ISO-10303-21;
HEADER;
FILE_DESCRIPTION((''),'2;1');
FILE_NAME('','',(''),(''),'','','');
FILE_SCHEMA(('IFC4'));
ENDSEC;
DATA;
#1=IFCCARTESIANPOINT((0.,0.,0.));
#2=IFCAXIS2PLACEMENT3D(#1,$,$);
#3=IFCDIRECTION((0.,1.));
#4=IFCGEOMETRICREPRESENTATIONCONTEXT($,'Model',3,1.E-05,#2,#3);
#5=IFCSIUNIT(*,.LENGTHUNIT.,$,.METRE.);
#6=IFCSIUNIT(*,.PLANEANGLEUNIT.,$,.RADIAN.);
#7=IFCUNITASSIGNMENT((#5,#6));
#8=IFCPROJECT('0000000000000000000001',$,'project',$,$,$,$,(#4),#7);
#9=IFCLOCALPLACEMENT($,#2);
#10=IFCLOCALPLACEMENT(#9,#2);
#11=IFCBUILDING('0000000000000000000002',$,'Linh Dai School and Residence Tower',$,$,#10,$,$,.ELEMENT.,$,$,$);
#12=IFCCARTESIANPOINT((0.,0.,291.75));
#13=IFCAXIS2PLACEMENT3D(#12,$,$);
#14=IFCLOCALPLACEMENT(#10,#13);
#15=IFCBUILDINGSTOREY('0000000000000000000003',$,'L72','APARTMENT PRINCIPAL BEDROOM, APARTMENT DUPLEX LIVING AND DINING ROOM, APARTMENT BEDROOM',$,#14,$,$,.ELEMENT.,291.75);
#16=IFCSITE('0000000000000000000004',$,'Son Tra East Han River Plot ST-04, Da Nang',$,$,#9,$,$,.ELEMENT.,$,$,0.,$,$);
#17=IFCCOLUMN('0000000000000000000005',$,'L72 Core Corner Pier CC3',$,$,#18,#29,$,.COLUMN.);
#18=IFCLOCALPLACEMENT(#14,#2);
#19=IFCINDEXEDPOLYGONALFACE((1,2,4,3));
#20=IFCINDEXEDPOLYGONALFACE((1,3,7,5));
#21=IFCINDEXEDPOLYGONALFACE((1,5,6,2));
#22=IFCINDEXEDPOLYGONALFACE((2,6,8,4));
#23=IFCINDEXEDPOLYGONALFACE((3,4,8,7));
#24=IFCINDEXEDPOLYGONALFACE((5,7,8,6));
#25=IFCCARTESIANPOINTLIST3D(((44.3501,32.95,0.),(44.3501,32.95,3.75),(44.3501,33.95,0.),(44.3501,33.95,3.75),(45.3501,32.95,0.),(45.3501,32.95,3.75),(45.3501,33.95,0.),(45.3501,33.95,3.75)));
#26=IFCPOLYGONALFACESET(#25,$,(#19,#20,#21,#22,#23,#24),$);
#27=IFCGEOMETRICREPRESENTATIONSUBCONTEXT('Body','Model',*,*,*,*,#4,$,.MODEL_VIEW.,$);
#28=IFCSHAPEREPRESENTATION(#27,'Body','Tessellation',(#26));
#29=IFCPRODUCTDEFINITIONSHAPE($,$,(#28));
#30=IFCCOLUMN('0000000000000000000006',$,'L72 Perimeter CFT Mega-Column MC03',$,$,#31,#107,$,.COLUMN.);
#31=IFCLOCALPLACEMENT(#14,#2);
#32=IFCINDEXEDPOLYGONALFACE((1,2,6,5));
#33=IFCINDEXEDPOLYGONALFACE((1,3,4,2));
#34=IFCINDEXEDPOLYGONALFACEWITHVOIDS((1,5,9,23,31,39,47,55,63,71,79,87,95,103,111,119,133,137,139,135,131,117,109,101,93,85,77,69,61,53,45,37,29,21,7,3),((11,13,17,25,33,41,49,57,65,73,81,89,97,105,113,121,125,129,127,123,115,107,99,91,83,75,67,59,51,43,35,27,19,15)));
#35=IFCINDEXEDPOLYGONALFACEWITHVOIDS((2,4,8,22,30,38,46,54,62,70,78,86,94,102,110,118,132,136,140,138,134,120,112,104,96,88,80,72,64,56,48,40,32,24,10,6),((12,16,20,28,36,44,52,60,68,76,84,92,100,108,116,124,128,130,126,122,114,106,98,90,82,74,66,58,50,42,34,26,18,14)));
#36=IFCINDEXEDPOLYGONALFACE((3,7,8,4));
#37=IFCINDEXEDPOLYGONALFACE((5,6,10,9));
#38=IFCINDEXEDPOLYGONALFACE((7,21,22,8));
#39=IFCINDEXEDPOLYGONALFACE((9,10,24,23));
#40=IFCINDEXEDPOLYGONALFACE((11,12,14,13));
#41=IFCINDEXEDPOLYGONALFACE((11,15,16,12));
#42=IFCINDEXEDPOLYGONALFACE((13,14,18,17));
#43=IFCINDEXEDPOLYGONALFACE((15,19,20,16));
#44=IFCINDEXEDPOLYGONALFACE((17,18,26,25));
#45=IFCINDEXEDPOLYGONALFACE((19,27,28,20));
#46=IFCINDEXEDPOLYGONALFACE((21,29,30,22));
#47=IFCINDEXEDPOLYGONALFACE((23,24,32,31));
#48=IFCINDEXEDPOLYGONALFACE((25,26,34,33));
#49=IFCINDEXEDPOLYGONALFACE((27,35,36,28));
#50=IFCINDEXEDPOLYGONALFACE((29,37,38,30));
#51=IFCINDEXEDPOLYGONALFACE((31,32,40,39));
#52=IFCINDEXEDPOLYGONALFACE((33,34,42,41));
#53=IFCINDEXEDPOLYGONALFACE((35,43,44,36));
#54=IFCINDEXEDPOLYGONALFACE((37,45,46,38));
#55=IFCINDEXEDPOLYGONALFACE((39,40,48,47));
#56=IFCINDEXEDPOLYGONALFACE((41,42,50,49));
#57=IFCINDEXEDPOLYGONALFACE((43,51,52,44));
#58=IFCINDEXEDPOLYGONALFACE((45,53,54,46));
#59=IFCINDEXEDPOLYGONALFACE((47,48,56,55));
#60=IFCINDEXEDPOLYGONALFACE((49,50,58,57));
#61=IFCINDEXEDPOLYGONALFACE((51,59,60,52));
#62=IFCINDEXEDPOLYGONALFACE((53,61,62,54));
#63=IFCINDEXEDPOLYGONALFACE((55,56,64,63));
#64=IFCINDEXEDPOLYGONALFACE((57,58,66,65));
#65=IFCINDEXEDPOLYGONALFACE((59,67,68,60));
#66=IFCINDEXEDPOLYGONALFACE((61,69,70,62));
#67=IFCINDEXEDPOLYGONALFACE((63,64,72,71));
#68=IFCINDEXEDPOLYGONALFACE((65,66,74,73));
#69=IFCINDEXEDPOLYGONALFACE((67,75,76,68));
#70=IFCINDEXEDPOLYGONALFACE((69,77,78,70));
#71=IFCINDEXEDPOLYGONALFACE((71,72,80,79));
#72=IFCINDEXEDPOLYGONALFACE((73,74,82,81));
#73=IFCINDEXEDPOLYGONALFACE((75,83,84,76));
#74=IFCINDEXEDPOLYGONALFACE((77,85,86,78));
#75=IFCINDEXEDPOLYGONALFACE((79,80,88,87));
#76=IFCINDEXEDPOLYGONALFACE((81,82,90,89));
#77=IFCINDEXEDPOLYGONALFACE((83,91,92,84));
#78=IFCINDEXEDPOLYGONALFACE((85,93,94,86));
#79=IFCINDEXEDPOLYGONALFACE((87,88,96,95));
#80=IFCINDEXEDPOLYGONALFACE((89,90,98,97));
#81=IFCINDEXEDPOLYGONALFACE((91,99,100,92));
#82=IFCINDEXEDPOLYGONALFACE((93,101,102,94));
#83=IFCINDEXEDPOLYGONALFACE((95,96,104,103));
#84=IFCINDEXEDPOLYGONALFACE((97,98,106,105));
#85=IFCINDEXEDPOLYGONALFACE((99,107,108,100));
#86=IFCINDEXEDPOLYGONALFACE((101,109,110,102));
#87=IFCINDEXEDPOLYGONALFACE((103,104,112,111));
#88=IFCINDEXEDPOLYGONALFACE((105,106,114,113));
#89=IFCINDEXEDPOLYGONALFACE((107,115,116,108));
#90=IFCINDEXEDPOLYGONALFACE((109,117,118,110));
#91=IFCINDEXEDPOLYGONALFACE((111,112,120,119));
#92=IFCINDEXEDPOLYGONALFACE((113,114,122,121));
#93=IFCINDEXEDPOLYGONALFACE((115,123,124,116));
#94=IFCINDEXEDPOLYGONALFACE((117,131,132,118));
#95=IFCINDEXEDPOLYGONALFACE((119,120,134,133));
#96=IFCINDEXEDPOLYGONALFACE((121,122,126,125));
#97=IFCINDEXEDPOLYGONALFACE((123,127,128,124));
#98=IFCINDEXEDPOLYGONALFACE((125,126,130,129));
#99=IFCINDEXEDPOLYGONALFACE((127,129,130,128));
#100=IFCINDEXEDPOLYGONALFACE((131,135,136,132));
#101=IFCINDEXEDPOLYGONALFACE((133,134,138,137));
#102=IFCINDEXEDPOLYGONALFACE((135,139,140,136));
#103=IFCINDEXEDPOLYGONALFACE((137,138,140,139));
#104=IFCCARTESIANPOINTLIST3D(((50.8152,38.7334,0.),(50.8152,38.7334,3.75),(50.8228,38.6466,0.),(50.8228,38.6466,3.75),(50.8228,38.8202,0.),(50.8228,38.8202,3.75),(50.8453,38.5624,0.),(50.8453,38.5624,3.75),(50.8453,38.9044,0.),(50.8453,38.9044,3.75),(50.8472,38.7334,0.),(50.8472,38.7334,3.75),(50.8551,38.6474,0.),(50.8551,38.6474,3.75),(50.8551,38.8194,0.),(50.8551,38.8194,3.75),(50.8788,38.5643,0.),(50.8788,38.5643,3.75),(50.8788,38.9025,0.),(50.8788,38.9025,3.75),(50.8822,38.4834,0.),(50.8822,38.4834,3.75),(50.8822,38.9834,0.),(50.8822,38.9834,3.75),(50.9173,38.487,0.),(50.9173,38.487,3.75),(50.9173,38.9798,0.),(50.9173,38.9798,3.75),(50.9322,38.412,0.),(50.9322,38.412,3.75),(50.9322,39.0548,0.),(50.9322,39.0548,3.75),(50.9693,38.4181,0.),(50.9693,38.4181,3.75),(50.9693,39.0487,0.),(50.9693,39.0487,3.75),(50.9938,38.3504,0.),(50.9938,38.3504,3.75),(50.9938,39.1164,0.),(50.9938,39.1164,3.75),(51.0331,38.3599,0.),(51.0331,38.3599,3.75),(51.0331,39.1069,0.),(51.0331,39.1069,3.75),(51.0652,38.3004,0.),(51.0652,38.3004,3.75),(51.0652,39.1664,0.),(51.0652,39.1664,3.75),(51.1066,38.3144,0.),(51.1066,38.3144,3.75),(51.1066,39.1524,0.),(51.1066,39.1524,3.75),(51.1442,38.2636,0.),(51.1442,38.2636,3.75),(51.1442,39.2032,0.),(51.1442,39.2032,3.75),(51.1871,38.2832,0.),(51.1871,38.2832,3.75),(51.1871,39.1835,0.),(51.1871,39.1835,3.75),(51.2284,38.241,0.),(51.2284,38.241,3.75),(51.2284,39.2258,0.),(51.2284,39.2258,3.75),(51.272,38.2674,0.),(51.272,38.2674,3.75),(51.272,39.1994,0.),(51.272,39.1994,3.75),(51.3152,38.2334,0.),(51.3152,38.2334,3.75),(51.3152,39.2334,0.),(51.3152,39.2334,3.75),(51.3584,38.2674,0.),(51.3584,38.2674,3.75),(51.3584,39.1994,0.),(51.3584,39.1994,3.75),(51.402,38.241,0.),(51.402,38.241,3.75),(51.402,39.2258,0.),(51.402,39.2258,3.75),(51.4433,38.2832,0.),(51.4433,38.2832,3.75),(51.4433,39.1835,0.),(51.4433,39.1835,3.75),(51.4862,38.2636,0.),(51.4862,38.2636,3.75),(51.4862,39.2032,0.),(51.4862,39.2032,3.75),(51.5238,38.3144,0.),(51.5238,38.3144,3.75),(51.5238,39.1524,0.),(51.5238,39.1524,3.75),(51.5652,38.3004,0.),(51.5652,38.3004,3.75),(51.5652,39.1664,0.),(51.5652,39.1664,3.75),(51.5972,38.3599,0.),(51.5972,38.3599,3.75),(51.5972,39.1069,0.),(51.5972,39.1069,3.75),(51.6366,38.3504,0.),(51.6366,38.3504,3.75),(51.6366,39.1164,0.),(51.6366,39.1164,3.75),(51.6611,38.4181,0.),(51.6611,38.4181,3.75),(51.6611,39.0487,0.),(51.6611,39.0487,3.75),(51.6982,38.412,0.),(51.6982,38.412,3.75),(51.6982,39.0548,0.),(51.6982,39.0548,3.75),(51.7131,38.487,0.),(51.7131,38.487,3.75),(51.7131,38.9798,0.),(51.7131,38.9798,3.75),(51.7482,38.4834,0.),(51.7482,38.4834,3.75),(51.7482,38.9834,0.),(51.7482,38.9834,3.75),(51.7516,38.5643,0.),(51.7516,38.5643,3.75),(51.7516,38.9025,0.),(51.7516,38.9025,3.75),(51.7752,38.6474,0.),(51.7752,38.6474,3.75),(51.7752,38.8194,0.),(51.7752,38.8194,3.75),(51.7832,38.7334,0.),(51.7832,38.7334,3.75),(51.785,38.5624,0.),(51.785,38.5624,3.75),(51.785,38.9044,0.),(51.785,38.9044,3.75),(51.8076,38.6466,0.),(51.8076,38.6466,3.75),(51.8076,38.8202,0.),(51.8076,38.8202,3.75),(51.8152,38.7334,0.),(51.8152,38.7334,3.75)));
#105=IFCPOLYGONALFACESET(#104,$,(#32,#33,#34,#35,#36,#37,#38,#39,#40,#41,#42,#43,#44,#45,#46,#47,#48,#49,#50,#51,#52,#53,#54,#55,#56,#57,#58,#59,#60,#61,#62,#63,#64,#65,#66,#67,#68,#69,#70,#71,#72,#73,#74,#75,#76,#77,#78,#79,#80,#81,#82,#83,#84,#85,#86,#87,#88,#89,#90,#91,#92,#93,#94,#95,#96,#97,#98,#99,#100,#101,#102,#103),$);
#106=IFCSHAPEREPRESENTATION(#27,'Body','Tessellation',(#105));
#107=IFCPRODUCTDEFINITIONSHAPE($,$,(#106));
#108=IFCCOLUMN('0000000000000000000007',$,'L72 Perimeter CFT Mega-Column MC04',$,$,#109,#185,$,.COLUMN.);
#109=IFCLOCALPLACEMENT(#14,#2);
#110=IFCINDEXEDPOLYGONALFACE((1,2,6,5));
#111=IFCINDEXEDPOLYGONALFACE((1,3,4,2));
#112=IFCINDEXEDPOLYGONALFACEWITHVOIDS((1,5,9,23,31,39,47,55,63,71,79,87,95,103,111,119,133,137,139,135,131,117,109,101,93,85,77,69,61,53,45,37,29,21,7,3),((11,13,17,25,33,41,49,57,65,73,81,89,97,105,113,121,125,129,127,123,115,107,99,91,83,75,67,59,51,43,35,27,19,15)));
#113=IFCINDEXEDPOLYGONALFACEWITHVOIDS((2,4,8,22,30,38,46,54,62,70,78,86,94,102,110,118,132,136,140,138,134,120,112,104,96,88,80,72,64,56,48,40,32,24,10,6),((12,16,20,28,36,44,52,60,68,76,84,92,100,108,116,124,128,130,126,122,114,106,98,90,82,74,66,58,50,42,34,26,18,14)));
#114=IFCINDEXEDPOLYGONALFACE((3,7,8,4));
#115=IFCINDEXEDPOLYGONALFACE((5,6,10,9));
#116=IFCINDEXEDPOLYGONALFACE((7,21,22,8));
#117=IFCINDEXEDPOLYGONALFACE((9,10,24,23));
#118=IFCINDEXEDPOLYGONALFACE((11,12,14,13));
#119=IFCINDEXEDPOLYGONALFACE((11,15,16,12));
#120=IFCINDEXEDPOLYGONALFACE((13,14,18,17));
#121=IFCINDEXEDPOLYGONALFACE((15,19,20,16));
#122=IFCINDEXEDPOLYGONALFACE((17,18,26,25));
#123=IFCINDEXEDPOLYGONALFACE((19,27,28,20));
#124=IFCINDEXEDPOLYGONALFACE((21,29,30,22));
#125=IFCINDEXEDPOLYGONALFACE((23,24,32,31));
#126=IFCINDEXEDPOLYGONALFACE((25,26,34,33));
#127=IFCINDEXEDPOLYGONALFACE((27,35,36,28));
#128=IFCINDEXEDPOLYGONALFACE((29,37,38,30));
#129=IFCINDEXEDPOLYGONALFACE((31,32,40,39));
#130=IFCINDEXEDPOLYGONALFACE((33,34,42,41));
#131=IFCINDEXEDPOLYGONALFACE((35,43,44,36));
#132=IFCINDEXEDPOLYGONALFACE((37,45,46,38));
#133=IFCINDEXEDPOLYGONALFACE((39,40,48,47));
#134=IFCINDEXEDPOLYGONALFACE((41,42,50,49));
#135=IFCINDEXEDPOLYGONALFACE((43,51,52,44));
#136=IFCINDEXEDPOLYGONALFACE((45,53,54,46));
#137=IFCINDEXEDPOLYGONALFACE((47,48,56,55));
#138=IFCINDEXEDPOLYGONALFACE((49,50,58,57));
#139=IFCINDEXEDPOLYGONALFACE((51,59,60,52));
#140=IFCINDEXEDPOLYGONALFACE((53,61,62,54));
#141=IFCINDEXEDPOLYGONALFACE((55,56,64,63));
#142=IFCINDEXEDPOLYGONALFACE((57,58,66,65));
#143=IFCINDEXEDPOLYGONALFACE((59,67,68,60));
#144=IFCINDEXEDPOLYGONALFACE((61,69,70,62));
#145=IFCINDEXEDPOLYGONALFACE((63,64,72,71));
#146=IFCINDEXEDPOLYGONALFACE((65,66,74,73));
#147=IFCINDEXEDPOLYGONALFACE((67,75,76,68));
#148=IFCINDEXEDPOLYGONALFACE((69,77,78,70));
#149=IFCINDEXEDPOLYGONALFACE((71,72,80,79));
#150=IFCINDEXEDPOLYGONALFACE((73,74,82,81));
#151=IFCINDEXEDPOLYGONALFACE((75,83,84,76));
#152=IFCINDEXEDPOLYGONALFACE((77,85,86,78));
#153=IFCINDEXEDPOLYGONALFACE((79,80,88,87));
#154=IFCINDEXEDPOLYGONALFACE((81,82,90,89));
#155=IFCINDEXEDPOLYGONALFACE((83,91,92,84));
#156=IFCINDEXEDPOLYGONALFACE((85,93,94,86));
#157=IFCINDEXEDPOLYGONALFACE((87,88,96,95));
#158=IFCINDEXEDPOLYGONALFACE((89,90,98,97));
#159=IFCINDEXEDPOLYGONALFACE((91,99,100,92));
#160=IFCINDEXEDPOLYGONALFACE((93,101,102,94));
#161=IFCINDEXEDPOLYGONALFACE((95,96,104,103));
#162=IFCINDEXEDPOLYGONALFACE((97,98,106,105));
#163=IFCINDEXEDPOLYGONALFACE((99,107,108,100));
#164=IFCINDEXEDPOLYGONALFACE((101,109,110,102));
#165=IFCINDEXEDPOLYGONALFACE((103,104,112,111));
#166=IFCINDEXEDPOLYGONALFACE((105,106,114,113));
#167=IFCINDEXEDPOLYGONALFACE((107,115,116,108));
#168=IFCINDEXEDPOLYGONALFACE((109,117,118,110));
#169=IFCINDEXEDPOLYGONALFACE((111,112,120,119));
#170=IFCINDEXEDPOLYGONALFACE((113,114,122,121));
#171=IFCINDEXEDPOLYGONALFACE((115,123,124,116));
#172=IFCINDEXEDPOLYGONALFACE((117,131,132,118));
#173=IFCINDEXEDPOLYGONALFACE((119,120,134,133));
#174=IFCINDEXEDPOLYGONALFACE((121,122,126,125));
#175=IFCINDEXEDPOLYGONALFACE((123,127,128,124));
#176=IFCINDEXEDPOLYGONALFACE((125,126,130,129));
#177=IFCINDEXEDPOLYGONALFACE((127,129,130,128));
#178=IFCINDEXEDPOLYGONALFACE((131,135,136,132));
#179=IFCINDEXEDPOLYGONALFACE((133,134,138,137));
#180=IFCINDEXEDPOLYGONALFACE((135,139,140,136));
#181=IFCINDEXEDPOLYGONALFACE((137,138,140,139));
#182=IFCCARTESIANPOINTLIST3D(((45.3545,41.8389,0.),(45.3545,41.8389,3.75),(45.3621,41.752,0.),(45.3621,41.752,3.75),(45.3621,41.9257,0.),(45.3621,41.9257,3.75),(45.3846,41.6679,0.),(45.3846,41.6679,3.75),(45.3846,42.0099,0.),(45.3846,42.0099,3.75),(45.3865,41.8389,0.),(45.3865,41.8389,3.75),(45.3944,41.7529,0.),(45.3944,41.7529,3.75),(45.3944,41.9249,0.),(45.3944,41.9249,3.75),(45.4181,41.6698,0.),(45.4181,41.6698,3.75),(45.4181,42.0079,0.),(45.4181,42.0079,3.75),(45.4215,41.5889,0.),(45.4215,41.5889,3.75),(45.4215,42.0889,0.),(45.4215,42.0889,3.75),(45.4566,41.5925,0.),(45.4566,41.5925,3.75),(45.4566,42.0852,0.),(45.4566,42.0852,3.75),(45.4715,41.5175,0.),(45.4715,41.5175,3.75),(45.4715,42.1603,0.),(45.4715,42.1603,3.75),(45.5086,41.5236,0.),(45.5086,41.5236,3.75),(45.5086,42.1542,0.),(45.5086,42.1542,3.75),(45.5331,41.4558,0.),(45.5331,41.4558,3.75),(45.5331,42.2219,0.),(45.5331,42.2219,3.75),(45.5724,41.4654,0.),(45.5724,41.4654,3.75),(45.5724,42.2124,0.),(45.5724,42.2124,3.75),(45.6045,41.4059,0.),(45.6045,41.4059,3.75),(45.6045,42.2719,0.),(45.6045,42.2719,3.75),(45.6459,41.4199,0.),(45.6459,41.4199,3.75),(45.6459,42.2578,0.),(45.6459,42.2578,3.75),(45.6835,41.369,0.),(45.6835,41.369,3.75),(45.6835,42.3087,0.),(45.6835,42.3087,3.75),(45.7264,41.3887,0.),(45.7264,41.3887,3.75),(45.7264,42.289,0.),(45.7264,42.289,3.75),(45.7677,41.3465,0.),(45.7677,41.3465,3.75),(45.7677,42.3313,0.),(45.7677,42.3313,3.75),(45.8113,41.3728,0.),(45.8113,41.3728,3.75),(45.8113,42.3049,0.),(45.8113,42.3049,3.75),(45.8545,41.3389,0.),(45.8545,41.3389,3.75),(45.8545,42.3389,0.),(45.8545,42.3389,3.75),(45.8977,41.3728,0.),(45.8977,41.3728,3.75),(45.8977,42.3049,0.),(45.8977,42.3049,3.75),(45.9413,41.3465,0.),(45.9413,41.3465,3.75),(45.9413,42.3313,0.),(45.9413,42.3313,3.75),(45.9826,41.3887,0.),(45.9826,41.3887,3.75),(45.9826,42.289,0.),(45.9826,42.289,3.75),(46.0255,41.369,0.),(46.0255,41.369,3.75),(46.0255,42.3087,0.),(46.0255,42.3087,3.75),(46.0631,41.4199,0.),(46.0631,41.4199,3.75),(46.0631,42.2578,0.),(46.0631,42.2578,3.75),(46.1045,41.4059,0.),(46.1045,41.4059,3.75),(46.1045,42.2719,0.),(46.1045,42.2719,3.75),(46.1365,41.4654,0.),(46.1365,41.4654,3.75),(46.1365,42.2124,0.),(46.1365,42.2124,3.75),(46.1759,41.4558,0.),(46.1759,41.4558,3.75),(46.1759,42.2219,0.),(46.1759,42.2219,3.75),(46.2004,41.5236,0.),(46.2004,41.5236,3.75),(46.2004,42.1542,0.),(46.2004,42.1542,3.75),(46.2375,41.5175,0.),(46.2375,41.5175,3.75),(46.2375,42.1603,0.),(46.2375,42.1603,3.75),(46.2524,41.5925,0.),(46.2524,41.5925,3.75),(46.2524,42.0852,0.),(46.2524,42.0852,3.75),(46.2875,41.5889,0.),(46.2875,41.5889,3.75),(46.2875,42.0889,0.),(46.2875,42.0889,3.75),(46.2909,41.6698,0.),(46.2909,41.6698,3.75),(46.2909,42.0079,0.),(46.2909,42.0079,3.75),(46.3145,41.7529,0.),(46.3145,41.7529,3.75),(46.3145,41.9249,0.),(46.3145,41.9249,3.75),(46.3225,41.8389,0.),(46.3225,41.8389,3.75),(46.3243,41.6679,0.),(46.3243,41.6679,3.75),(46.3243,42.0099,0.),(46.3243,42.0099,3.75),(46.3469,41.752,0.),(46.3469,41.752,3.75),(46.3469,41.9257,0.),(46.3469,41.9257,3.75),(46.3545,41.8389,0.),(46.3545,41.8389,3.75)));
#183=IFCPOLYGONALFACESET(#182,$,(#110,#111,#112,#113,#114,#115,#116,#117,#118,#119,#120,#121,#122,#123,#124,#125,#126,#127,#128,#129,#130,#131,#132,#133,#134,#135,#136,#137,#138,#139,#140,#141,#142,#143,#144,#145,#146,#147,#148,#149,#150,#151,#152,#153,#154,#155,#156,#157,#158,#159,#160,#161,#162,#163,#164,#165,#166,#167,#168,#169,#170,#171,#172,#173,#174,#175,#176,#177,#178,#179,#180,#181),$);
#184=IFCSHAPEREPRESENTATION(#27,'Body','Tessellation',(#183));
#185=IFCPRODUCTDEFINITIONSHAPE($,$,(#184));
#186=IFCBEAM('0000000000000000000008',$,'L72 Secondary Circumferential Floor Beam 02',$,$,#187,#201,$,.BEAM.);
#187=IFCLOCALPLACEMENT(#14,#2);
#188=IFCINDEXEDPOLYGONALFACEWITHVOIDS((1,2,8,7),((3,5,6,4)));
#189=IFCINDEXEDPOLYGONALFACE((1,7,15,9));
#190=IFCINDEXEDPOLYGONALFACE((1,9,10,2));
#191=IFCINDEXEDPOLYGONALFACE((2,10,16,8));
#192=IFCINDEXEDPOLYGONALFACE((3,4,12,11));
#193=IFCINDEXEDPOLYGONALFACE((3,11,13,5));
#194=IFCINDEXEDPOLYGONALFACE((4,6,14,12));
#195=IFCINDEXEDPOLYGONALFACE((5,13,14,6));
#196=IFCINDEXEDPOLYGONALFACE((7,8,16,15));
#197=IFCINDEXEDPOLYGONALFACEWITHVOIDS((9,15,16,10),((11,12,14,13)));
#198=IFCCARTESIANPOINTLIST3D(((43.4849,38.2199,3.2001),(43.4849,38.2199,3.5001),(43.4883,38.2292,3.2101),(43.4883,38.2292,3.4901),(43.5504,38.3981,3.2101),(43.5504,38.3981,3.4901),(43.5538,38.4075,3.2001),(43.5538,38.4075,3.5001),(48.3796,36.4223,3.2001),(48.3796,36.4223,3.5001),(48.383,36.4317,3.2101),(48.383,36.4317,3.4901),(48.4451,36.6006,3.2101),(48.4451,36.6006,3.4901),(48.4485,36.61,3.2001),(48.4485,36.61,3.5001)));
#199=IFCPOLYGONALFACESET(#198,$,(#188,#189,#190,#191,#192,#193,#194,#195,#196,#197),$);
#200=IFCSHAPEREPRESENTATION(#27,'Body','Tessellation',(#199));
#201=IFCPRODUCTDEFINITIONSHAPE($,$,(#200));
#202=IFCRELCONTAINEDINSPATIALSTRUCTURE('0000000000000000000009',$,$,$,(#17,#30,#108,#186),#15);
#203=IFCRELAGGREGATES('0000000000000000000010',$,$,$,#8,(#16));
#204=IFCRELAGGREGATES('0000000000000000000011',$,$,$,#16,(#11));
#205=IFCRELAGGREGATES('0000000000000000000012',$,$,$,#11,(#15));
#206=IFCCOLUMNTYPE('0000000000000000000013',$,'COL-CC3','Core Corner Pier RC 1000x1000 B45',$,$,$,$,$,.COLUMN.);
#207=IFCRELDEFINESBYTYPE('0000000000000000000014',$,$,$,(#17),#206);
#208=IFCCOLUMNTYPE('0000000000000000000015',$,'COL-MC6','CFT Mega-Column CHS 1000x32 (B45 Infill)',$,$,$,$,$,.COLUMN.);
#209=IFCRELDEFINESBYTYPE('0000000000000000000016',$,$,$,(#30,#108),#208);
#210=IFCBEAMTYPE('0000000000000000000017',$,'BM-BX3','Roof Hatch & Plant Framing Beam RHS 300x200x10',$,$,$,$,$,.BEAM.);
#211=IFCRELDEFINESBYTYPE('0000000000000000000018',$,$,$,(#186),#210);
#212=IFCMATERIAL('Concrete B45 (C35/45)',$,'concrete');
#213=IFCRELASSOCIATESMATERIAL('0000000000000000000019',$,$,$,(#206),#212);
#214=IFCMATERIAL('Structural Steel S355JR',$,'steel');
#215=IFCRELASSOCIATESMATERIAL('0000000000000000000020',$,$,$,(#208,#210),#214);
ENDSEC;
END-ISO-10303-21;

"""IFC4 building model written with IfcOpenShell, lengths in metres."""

from ifc_helpers import new_model, si_unit, direction, frame, origin, origin_2d, place, context, subcontext, project, spatial, rectangle, hollow_rectangle, hollow_circle, extrude, material, material_profile, profile_set, type_object, element, save


model = new_model("IFC4")

# Units and contexts
model_context = context("Model", 3, precision=1e-05, world=origin(), true_north=direction((0.0, 1.0)))
body_context = subcontext(model_context, "Body", "Model", "MODEL_VIEW")
ifc_project = project(units=[si_unit("LENGTHUNIT", "METRE"), si_unit("PLANEANGLEUNIT", "RADIAN")], contexts=[model_context])

# Site, building, storey
site_placement = place(None, origin())
site = spatial("IfcSite", under=ifc_project, at=site_placement, Name="Son Tra East Han River Plot ST-04, Da Nang", CompositionType="ELEMENT", RefElevation=0.0)
building_placement = place(site_placement, origin())
building = spatial("IfcBuilding", under=site, at=building_placement, Name="Linh Dai School and Residence Tower", CompositionType="ELEMENT")
storey_placement = place(building_placement, frame((0.0, 0.0, 291.75)))
storey = spatial("IfcBuildingStorey", under=building, at=storey_placement, Name="L72", Description="APARTMENT PRINCIPAL BEDROOM, APARTMENT DUPLEX LIVING AND DINING ROOM, APARTMENT BEDROOM", CompositionType="ELEMENT", Elevation=291.75)

# Columns
ifc_material_1 = material(Name="Concrete B45 (C35/45)", Category="concrete")
ifc_material_profile_1 = material_profile(ifc_material_1, rectangle(XDim=1.0, YDim=1.0, at=origin_2d()), Name="RC 1000x1000")
ifc_profile_set_1 = profile_set([ifc_material_profile_1], Name="Concrete B45 (C35/45)")
column_type_1 = type_object("IfcColumnType", Name="COL-CC3", Description="Core Corner Pier RC 1000x1000 B45", PredefinedType="COLUMN", material=ifc_profile_set_1)
column_placement = place(storey_placement, frame((44.8501, 33.45, 0.0), z_axis=(0.0, 0.0, 1.0), x_axis=(1.0, 0.0, 0.0)))
element("IfcColumn", 1, at=column_placement, inside=storey, type_object=column_type_1, Name="L72 Core Corner Pier CC3", PredefinedType="COLUMN", context=body_context, shape_type="SweptSolid", body=[
    extrude(rectangle(XDim=1.0, YDim=1.0, at=origin_2d()), origin(), (0.0, 0.0, 1.0), 3.75),
])
ifc_material_2 = material(Name="Structural Steel S355JR", Category="steel")
ifc_material_profile_2 = material_profile(ifc_material_2, hollow_circle(Radius=0.5, WallThickness=0.032, at=origin_2d()), Name="CHS 1000x32")
ifc_profile_set_2 = profile_set([ifc_material_profile_2], Name="Structural Steel S355JR")
column_type_2 = type_object("IfcColumnType", Name="COL-MC6", Description="CFT Mega-Column CHS 1000x32 (B45 Infill)", PredefinedType="COLUMN", material=ifc_profile_set_2)
for number, where, z_axis, x_axis, name in (
    (2, (51.3152, 38.7334, 0.0), (0.0, 0.0, 1.0), (1.0, 0.0, 0.0), "L72 Perimeter CFT Mega-Column MC03"),
    (3, (45.8545, 41.8389, 0.0), (0.0, 0.0, 1.0), (1.0, 0.0, 0.0), "L72 Perimeter CFT Mega-Column MC04"),
):
    element("IfcColumn", number, at=place(storey_placement, frame(where, z_axis=z_axis, x_axis=x_axis)), inside=storey, type_object=column_type_2, Name=name, PredefinedType="COLUMN", context=body_context, shape_type="SweptSolid", body=[
        extrude(hollow_circle(Radius=0.5, WallThickness=0.032, at=origin_2d()), origin(), (0.0, 0.0, 1.0), 3.75),
    ])

# Beam
ifc_material_profile_3 = material_profile(ifc_material_2, hollow_rectangle(XDim=0.2, YDim=0.3, WallThickness=0.01, at=origin_2d()), Name="RHS 300x200x10")
ifc_profile_set_3 = profile_set([ifc_material_profile_3], Name="Structural Steel S355JR")
beam_type_1 = type_object("IfcBeamType", Name="BM-BX3", Description="Roof Hatch & Plant Framing Beam RHS 300x200x10", PredefinedType="BEAM", material=ifc_profile_set_3)
beam_1_placement = place(storey_placement, frame((48.4141, 36.5161, 3.3501), z_axis=(-0.938699, 0.344737, 0.0), x_axis=(-0.344737, -0.938699, 0.0)))
element("IfcBeam", 4, at=beam_1_placement, inside=storey, type_object=beam_type_1, Name="L72 Secondary Circumferential Floor Beam 02", PredefinedType="BEAM", context=body_context, shape_type="SweptSolid", body=[
    extrude(hollow_rectangle(XDim=0.2, YDim=0.3, WallThickness=0.01, at=origin_2d()), origin(), (0.0, 0.0, 1.0), 5.2144),
])

save(model, "model.ifc")
